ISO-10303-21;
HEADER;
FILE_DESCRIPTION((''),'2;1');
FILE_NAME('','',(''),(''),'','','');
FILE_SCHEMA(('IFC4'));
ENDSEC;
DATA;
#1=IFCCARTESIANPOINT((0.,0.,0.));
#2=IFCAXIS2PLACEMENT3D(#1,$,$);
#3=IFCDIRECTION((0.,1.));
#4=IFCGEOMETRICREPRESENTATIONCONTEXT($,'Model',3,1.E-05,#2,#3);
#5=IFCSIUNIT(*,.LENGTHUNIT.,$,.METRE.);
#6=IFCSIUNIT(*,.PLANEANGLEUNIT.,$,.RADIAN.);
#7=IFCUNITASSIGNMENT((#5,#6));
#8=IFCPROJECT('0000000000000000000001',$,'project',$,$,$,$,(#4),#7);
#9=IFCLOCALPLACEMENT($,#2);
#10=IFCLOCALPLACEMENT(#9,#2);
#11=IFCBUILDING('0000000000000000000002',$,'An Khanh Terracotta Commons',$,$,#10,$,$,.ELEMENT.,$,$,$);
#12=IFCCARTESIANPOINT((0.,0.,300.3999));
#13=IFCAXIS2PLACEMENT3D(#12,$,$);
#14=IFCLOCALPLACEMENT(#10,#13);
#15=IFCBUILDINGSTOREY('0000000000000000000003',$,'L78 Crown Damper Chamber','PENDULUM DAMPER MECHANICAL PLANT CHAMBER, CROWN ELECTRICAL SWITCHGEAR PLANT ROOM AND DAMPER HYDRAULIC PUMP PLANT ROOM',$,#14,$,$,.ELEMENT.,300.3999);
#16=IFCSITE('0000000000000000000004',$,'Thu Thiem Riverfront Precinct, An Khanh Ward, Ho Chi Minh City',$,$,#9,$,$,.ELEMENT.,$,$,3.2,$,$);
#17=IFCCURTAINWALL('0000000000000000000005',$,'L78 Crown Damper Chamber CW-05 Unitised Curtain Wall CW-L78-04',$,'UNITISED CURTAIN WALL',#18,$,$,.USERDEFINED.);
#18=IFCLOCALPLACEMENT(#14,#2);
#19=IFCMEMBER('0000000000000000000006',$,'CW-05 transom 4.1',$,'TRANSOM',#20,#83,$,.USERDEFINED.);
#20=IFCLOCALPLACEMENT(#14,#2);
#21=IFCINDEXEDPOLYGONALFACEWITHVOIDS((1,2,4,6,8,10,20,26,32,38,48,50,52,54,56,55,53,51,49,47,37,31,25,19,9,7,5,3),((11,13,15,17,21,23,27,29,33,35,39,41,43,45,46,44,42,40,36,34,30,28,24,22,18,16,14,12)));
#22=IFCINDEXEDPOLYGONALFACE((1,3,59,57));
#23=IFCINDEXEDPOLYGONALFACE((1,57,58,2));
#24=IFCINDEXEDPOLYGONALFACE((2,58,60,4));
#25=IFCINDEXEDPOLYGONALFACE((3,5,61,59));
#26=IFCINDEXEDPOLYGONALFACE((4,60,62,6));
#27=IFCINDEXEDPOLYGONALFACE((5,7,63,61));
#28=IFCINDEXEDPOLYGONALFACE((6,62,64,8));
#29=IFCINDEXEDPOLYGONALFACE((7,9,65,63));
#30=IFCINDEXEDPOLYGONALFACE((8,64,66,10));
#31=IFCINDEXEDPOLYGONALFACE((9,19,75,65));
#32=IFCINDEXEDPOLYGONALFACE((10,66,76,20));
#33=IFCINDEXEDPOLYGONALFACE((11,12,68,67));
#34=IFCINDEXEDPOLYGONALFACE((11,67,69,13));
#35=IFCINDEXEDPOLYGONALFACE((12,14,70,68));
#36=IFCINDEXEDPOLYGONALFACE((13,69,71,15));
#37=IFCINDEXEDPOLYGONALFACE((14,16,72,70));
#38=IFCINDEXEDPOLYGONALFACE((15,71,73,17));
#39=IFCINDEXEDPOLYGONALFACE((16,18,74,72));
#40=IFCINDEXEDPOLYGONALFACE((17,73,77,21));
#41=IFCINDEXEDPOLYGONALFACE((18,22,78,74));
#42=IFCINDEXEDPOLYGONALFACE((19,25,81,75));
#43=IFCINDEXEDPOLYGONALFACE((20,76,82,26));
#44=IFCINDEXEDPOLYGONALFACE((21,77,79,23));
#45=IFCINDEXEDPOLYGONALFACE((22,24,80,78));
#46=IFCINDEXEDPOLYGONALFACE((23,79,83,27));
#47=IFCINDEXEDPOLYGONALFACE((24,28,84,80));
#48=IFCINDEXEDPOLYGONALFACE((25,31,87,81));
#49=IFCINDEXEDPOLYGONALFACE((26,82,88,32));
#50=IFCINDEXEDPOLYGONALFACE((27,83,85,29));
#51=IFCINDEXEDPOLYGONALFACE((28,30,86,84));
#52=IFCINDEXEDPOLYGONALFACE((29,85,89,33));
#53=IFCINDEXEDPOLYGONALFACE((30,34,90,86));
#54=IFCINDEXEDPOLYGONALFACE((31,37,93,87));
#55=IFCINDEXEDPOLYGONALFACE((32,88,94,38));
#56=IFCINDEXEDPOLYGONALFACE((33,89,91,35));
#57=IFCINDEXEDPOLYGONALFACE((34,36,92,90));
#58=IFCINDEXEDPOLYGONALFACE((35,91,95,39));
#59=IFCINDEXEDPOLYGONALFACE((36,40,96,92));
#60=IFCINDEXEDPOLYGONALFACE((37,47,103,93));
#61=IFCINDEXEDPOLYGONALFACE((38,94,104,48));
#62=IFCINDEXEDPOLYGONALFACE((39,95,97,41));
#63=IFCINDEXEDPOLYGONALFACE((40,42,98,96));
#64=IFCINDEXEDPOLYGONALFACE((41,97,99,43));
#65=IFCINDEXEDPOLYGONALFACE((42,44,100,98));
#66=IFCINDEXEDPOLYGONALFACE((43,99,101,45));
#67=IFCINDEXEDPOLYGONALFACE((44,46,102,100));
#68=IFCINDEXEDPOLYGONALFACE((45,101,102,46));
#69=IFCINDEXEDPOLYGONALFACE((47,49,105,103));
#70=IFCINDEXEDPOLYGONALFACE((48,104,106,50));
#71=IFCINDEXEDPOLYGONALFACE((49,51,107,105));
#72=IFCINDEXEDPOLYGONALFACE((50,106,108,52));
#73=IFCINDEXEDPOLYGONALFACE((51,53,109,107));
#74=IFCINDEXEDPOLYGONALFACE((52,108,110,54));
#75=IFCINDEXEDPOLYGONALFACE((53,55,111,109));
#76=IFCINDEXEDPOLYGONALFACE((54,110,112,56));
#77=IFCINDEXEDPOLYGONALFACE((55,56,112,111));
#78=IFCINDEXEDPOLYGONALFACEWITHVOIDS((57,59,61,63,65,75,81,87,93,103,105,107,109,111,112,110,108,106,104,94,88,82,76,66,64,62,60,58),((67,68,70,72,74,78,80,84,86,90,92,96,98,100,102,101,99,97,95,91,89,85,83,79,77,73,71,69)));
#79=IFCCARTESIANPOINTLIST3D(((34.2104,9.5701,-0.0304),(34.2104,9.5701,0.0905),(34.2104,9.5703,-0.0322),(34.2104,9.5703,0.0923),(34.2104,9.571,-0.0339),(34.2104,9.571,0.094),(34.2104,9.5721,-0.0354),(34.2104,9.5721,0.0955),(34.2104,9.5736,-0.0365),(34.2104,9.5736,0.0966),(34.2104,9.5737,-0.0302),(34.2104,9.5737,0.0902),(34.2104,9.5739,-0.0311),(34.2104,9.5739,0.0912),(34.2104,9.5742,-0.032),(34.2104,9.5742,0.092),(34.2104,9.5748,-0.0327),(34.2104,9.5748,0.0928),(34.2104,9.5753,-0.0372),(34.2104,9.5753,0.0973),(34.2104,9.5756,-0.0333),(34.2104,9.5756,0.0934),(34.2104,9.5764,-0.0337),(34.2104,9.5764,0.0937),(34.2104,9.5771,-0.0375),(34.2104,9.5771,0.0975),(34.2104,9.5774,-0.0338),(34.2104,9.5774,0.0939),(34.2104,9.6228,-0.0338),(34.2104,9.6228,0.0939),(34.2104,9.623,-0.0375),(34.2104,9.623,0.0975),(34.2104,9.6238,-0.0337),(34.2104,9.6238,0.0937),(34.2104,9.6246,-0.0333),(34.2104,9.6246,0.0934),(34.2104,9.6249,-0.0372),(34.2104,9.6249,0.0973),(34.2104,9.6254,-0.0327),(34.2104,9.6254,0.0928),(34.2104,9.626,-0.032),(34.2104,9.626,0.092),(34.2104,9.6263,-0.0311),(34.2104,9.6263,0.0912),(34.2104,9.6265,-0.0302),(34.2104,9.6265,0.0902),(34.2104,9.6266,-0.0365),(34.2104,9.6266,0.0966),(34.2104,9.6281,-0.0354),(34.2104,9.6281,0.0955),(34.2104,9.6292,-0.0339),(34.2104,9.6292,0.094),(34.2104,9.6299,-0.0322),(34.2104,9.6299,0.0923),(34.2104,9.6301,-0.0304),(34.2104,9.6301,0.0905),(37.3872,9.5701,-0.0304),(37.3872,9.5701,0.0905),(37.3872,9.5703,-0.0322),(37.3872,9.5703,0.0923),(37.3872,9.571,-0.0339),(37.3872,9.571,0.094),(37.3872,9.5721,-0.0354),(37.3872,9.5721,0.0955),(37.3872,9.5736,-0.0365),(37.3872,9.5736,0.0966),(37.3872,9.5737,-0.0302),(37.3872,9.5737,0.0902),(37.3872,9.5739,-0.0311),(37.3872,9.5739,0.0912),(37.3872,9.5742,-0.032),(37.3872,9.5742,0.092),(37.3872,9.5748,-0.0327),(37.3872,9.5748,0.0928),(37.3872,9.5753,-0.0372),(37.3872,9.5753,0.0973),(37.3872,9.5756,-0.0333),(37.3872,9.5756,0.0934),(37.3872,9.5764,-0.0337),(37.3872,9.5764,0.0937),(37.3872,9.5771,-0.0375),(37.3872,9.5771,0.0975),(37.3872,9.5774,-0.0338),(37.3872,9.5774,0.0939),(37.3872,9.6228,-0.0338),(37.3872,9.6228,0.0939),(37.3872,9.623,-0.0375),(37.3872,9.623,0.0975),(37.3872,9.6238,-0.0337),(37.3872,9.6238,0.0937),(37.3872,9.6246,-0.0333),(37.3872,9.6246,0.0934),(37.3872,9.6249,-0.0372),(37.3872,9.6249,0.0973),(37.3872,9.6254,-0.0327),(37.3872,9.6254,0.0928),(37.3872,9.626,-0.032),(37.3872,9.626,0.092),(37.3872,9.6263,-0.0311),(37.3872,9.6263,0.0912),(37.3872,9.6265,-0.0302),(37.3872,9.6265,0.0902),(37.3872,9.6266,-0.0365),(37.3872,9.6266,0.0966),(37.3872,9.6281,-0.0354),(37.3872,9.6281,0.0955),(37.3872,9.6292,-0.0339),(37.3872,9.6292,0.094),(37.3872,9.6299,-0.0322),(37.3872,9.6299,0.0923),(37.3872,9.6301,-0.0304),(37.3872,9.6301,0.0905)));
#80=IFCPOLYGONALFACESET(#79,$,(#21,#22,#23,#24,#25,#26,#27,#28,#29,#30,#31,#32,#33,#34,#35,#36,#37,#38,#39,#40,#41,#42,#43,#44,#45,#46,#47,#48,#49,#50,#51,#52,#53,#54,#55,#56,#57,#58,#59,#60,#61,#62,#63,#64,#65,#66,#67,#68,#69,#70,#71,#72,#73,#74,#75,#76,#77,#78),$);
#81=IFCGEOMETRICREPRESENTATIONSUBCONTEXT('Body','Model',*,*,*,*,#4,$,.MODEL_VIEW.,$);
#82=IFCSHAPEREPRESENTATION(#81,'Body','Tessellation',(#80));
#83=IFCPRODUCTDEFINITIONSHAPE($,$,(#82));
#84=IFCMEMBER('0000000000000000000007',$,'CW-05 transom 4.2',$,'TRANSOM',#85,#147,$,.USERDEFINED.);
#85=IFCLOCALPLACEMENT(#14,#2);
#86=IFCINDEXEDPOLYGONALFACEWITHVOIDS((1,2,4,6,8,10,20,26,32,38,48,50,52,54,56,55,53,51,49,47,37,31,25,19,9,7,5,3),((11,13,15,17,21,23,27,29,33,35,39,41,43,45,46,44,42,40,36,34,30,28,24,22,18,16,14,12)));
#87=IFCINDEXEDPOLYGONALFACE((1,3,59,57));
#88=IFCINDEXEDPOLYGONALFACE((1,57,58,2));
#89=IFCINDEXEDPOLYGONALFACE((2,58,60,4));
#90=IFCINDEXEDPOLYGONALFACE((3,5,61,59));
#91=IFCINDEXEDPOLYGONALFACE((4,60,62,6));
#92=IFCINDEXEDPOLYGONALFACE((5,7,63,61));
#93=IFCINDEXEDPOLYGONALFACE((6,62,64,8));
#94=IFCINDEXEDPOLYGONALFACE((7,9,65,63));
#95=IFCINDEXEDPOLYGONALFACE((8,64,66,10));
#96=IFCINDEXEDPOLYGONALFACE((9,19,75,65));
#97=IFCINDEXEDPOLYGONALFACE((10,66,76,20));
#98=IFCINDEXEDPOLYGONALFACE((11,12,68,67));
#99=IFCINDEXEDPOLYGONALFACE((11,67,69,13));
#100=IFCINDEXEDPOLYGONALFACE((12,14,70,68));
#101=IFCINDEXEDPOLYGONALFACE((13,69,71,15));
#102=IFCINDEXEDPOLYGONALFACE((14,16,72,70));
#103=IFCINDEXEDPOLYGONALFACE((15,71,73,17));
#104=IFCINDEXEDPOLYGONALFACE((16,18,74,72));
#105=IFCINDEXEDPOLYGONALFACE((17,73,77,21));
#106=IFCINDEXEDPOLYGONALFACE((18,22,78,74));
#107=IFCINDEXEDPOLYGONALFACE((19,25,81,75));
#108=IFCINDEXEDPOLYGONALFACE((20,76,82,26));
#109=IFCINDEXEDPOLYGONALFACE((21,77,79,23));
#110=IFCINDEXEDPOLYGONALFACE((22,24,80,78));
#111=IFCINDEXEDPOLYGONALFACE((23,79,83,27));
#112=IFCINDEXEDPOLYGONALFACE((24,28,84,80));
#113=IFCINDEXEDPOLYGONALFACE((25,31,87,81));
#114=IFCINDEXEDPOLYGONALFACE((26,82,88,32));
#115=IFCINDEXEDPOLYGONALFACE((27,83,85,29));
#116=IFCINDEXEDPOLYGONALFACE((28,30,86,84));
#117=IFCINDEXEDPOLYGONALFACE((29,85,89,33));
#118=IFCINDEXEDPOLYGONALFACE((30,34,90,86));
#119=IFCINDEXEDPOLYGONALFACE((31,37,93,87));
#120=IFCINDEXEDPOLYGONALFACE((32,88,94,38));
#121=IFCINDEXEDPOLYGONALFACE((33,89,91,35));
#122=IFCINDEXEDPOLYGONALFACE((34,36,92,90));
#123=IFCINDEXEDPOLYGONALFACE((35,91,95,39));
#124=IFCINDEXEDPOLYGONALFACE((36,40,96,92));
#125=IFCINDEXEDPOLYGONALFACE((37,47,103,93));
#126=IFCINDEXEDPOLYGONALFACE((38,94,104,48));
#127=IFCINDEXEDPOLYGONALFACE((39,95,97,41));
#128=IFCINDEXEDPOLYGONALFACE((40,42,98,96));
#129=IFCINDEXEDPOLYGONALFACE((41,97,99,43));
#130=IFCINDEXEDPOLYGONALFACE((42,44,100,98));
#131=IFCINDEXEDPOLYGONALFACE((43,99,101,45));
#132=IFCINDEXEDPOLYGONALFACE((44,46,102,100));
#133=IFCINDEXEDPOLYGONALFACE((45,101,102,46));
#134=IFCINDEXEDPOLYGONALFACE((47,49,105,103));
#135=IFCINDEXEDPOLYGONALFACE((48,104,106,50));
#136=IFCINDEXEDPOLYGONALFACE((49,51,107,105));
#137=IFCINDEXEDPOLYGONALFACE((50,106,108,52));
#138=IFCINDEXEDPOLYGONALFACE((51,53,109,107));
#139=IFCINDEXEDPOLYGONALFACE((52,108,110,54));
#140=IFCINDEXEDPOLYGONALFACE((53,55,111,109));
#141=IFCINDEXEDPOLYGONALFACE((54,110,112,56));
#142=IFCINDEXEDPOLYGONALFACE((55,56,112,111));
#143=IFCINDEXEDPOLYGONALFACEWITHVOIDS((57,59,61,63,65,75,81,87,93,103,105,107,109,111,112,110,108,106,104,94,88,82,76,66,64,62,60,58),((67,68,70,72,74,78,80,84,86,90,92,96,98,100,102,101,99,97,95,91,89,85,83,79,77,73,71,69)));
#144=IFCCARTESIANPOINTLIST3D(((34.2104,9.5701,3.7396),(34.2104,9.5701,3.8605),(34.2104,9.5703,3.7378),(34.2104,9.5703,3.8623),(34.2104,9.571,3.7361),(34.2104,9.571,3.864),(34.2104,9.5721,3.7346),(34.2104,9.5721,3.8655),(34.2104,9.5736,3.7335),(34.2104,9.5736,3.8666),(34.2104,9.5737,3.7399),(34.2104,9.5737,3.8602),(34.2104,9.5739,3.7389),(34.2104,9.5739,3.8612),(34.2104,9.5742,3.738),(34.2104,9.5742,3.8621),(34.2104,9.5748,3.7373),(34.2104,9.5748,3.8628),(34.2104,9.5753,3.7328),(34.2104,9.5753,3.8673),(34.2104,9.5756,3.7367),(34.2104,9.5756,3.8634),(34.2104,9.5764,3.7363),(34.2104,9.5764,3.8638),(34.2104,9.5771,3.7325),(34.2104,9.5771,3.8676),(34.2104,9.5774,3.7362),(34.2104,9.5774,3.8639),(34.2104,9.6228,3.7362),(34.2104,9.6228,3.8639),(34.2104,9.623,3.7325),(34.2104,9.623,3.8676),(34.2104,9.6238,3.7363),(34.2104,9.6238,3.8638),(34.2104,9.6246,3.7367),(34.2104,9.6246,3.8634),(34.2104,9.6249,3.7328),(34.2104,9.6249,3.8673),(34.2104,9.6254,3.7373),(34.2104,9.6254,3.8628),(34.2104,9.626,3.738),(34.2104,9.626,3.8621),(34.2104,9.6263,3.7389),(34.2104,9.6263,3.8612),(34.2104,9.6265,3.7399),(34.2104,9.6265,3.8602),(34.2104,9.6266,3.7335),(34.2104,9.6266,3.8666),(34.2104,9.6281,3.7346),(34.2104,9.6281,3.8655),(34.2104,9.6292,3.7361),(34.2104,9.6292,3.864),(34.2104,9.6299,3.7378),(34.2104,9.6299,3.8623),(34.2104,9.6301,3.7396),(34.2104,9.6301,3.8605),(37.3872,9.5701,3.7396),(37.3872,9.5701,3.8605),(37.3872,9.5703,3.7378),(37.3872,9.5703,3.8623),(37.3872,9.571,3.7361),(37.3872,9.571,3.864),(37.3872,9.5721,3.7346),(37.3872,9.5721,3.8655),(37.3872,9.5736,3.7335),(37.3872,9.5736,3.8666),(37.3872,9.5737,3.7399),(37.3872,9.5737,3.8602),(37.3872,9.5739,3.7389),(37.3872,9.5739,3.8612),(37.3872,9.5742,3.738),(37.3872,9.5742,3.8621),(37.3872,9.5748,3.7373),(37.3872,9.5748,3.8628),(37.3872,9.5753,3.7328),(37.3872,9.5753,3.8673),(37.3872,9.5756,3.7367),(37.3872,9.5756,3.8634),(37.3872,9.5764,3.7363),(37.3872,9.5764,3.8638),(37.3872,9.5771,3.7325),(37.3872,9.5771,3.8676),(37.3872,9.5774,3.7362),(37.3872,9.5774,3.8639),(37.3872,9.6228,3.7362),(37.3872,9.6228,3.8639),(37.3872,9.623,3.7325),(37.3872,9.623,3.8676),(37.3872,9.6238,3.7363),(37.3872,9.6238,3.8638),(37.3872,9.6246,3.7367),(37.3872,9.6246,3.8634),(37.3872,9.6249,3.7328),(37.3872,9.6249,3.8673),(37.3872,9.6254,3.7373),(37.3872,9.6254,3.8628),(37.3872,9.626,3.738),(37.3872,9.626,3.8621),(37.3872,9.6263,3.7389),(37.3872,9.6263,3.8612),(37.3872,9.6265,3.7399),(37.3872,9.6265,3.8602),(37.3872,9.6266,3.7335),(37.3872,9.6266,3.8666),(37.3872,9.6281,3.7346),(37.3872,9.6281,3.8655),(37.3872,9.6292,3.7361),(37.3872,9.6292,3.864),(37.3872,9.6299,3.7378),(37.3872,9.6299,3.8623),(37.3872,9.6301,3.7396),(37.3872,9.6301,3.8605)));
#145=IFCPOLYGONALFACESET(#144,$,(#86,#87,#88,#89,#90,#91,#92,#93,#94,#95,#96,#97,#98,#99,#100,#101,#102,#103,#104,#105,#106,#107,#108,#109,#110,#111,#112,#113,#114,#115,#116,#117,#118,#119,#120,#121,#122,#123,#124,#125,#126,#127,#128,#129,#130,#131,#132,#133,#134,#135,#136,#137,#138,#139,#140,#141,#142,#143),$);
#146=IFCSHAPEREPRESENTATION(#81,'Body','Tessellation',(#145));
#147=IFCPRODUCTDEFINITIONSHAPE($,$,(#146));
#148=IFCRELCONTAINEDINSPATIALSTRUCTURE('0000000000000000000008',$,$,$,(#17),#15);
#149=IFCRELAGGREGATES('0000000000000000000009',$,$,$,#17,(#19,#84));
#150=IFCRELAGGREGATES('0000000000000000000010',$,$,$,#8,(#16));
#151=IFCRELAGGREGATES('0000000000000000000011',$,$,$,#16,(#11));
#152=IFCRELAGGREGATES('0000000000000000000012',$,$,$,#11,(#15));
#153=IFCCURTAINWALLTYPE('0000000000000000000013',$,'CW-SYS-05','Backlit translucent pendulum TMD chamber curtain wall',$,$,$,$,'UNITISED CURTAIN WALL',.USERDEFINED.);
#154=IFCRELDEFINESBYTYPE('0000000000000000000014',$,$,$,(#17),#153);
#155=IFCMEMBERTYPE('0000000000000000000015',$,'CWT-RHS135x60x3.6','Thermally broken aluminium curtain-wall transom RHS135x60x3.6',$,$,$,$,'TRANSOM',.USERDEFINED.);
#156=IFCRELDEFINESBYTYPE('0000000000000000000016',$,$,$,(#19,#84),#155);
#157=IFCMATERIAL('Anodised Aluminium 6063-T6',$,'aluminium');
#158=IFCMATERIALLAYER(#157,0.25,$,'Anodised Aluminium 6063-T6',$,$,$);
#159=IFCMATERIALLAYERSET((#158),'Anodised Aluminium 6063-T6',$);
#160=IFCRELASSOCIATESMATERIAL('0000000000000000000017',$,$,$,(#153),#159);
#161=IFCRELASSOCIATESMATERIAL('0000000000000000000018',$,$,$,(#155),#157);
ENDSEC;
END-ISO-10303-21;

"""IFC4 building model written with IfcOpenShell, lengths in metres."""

from ifc_helpers import new_model, si_unit, direction, frame, origin, origin_2d, place, context, subcontext, project, spatial, hollow_rectangle, extrude, material, layer, layer_set, material_profile, profile_set, type_object, element, aggregate, save


model = new_model("IFC4")

# Units and contexts
model_context = context("Model", 3, precision=1e-05, world=origin(), true_north=direction((0.0, 1.0)))
body_context = subcontext(model_context, "Body", "Model", "MODEL_VIEW")
ifc_project = project(units=[si_unit("LENGTHUNIT", "METRE"), si_unit("PLANEANGLEUNIT", "RADIAN")], contexts=[model_context])

# Site, building, storey
site_placement = place(None, origin())
site = spatial("IfcSite", under=ifc_project, at=site_placement, Name="Thu Thiem Riverfront Precinct, An Khanh Ward, Ho Chi Minh City", CompositionType="ELEMENT", RefElevation=3.2)
building_placement = place(site_placement, origin())
building = spatial("IfcBuilding", under=site, at=building_placement, Name="An Khanh Terracotta Commons", CompositionType="ELEMENT")
storey_placement = place(building_placement, frame((0.0, 0.0, 300.3999)))
storey = spatial("IfcBuildingStorey", under=building, at=storey_placement, Name="L78 Crown Damper Chamber", Description="PENDULUM DAMPER MECHANICAL PLANT CHAMBER, CROWN ELECTRICAL SWITCHGEAR PLANT ROOM AND DAMPER HYDRAULIC PUMP PLANT ROOM", CompositionType="ELEMENT", Elevation=300.3999)

# Curtain wall, members
ifc_material_1 = material(Name="Anodised Aluminium 6063-T6", Category="aluminium")
ifc_layer_1 = layer(ifc_material_1, 0.25, Name="Anodised Aluminium 6063-T6")
ifc_layer_set_1 = layer_set([ifc_layer_1], Name="Anodised Aluminium 6063-T6")
curtain_wall_type = type_object("IfcCurtainWallType", Name="CW-SYS-05", Description="Backlit translucent pendulum TMD chamber curtain wall", ElementType="UNITISED CURTAIN WALL", PredefinedType="USERDEFINED", material=ifc_layer_set_1)
curtain_wall_placement = place(storey_placement, origin())
curtain_wall = element("IfcCurtainWall", 1, at=curtain_wall_placement, inside=storey, type_object=curtain_wall_type, Name="L78 Crown Damper Chamber CW-05 Unitised Curtain Wall CW-L78-04", ObjectType="UNITISED CURTAIN WALL", PredefinedType="USERDEFINED")
ifc_material_profile_1 = material_profile(ifc_material_1, hollow_rectangle(XDim=0.0601, YDim=0.135, WallThickness=0.0037, InnerFilletRadius=0.0037, OuterFilletRadius=0.0071, at=origin_2d()), Name="RHS135x60x3.6")
ifc_profile_set_1 = profile_set([ifc_material_profile_1], Name="Anodised Aluminium 6063-T6")
member_type_1 = type_object("IfcMemberType", Name="CWT-RHS135x60x3.6", Description="Thermally broken aluminium curtain-wall transom RHS135x60x3.6", ElementType="TRANSOM", PredefinedType="USERDEFINED", material=ifc_profile_set_1)
member_1_placement = place(storey_placement, frame((34.2104, 9.6001, 0.03), z_axis=(1.0, 0.0, 0.0), x_axis=(0.0, 1.0, 0.0)))
member_1 = element("IfcMember", 2, at=member_1_placement, type_object=member_type_1, Name="CW-05 transom 4.1", ObjectType="TRANSOM", PredefinedType="USERDEFINED", context=body_context, shape_type="SweptSolid", body=[
    extrude(hollow_rectangle(XDim=0.0601, YDim=0.135, WallThickness=0.0037, InnerFilletRadius=0.0037, OuterFilletRadius=0.0071, at=origin_2d()), origin(), (0.0, 0.0, 1.0), 3.1768),
])
member_2_placement = place(storey_placement, frame((34.2104, 9.6001, 3.8), z_axis=(1.0, 0.0, 0.0), x_axis=(0.0, 1.0, 0.0)))
member_2 = element("IfcMember", 3, at=member_2_placement, type_object=member_type_1, Name="CW-05 transom 4.2", ObjectType="TRANSOM", PredefinedType="USERDEFINED", context=body_context, shape_type="SweptSolid", body=[
    extrude(hollow_rectangle(XDim=0.0601, YDim=0.135, WallThickness=0.0037, InnerFilletRadius=0.0037, OuterFilletRadius=0.0071, at=origin_2d()), origin(), (0.0, 0.0, 1.0), 3.1768),
])
aggregate(curtain_wall, [member_1, member_2])

save(model, "model.ifc")
